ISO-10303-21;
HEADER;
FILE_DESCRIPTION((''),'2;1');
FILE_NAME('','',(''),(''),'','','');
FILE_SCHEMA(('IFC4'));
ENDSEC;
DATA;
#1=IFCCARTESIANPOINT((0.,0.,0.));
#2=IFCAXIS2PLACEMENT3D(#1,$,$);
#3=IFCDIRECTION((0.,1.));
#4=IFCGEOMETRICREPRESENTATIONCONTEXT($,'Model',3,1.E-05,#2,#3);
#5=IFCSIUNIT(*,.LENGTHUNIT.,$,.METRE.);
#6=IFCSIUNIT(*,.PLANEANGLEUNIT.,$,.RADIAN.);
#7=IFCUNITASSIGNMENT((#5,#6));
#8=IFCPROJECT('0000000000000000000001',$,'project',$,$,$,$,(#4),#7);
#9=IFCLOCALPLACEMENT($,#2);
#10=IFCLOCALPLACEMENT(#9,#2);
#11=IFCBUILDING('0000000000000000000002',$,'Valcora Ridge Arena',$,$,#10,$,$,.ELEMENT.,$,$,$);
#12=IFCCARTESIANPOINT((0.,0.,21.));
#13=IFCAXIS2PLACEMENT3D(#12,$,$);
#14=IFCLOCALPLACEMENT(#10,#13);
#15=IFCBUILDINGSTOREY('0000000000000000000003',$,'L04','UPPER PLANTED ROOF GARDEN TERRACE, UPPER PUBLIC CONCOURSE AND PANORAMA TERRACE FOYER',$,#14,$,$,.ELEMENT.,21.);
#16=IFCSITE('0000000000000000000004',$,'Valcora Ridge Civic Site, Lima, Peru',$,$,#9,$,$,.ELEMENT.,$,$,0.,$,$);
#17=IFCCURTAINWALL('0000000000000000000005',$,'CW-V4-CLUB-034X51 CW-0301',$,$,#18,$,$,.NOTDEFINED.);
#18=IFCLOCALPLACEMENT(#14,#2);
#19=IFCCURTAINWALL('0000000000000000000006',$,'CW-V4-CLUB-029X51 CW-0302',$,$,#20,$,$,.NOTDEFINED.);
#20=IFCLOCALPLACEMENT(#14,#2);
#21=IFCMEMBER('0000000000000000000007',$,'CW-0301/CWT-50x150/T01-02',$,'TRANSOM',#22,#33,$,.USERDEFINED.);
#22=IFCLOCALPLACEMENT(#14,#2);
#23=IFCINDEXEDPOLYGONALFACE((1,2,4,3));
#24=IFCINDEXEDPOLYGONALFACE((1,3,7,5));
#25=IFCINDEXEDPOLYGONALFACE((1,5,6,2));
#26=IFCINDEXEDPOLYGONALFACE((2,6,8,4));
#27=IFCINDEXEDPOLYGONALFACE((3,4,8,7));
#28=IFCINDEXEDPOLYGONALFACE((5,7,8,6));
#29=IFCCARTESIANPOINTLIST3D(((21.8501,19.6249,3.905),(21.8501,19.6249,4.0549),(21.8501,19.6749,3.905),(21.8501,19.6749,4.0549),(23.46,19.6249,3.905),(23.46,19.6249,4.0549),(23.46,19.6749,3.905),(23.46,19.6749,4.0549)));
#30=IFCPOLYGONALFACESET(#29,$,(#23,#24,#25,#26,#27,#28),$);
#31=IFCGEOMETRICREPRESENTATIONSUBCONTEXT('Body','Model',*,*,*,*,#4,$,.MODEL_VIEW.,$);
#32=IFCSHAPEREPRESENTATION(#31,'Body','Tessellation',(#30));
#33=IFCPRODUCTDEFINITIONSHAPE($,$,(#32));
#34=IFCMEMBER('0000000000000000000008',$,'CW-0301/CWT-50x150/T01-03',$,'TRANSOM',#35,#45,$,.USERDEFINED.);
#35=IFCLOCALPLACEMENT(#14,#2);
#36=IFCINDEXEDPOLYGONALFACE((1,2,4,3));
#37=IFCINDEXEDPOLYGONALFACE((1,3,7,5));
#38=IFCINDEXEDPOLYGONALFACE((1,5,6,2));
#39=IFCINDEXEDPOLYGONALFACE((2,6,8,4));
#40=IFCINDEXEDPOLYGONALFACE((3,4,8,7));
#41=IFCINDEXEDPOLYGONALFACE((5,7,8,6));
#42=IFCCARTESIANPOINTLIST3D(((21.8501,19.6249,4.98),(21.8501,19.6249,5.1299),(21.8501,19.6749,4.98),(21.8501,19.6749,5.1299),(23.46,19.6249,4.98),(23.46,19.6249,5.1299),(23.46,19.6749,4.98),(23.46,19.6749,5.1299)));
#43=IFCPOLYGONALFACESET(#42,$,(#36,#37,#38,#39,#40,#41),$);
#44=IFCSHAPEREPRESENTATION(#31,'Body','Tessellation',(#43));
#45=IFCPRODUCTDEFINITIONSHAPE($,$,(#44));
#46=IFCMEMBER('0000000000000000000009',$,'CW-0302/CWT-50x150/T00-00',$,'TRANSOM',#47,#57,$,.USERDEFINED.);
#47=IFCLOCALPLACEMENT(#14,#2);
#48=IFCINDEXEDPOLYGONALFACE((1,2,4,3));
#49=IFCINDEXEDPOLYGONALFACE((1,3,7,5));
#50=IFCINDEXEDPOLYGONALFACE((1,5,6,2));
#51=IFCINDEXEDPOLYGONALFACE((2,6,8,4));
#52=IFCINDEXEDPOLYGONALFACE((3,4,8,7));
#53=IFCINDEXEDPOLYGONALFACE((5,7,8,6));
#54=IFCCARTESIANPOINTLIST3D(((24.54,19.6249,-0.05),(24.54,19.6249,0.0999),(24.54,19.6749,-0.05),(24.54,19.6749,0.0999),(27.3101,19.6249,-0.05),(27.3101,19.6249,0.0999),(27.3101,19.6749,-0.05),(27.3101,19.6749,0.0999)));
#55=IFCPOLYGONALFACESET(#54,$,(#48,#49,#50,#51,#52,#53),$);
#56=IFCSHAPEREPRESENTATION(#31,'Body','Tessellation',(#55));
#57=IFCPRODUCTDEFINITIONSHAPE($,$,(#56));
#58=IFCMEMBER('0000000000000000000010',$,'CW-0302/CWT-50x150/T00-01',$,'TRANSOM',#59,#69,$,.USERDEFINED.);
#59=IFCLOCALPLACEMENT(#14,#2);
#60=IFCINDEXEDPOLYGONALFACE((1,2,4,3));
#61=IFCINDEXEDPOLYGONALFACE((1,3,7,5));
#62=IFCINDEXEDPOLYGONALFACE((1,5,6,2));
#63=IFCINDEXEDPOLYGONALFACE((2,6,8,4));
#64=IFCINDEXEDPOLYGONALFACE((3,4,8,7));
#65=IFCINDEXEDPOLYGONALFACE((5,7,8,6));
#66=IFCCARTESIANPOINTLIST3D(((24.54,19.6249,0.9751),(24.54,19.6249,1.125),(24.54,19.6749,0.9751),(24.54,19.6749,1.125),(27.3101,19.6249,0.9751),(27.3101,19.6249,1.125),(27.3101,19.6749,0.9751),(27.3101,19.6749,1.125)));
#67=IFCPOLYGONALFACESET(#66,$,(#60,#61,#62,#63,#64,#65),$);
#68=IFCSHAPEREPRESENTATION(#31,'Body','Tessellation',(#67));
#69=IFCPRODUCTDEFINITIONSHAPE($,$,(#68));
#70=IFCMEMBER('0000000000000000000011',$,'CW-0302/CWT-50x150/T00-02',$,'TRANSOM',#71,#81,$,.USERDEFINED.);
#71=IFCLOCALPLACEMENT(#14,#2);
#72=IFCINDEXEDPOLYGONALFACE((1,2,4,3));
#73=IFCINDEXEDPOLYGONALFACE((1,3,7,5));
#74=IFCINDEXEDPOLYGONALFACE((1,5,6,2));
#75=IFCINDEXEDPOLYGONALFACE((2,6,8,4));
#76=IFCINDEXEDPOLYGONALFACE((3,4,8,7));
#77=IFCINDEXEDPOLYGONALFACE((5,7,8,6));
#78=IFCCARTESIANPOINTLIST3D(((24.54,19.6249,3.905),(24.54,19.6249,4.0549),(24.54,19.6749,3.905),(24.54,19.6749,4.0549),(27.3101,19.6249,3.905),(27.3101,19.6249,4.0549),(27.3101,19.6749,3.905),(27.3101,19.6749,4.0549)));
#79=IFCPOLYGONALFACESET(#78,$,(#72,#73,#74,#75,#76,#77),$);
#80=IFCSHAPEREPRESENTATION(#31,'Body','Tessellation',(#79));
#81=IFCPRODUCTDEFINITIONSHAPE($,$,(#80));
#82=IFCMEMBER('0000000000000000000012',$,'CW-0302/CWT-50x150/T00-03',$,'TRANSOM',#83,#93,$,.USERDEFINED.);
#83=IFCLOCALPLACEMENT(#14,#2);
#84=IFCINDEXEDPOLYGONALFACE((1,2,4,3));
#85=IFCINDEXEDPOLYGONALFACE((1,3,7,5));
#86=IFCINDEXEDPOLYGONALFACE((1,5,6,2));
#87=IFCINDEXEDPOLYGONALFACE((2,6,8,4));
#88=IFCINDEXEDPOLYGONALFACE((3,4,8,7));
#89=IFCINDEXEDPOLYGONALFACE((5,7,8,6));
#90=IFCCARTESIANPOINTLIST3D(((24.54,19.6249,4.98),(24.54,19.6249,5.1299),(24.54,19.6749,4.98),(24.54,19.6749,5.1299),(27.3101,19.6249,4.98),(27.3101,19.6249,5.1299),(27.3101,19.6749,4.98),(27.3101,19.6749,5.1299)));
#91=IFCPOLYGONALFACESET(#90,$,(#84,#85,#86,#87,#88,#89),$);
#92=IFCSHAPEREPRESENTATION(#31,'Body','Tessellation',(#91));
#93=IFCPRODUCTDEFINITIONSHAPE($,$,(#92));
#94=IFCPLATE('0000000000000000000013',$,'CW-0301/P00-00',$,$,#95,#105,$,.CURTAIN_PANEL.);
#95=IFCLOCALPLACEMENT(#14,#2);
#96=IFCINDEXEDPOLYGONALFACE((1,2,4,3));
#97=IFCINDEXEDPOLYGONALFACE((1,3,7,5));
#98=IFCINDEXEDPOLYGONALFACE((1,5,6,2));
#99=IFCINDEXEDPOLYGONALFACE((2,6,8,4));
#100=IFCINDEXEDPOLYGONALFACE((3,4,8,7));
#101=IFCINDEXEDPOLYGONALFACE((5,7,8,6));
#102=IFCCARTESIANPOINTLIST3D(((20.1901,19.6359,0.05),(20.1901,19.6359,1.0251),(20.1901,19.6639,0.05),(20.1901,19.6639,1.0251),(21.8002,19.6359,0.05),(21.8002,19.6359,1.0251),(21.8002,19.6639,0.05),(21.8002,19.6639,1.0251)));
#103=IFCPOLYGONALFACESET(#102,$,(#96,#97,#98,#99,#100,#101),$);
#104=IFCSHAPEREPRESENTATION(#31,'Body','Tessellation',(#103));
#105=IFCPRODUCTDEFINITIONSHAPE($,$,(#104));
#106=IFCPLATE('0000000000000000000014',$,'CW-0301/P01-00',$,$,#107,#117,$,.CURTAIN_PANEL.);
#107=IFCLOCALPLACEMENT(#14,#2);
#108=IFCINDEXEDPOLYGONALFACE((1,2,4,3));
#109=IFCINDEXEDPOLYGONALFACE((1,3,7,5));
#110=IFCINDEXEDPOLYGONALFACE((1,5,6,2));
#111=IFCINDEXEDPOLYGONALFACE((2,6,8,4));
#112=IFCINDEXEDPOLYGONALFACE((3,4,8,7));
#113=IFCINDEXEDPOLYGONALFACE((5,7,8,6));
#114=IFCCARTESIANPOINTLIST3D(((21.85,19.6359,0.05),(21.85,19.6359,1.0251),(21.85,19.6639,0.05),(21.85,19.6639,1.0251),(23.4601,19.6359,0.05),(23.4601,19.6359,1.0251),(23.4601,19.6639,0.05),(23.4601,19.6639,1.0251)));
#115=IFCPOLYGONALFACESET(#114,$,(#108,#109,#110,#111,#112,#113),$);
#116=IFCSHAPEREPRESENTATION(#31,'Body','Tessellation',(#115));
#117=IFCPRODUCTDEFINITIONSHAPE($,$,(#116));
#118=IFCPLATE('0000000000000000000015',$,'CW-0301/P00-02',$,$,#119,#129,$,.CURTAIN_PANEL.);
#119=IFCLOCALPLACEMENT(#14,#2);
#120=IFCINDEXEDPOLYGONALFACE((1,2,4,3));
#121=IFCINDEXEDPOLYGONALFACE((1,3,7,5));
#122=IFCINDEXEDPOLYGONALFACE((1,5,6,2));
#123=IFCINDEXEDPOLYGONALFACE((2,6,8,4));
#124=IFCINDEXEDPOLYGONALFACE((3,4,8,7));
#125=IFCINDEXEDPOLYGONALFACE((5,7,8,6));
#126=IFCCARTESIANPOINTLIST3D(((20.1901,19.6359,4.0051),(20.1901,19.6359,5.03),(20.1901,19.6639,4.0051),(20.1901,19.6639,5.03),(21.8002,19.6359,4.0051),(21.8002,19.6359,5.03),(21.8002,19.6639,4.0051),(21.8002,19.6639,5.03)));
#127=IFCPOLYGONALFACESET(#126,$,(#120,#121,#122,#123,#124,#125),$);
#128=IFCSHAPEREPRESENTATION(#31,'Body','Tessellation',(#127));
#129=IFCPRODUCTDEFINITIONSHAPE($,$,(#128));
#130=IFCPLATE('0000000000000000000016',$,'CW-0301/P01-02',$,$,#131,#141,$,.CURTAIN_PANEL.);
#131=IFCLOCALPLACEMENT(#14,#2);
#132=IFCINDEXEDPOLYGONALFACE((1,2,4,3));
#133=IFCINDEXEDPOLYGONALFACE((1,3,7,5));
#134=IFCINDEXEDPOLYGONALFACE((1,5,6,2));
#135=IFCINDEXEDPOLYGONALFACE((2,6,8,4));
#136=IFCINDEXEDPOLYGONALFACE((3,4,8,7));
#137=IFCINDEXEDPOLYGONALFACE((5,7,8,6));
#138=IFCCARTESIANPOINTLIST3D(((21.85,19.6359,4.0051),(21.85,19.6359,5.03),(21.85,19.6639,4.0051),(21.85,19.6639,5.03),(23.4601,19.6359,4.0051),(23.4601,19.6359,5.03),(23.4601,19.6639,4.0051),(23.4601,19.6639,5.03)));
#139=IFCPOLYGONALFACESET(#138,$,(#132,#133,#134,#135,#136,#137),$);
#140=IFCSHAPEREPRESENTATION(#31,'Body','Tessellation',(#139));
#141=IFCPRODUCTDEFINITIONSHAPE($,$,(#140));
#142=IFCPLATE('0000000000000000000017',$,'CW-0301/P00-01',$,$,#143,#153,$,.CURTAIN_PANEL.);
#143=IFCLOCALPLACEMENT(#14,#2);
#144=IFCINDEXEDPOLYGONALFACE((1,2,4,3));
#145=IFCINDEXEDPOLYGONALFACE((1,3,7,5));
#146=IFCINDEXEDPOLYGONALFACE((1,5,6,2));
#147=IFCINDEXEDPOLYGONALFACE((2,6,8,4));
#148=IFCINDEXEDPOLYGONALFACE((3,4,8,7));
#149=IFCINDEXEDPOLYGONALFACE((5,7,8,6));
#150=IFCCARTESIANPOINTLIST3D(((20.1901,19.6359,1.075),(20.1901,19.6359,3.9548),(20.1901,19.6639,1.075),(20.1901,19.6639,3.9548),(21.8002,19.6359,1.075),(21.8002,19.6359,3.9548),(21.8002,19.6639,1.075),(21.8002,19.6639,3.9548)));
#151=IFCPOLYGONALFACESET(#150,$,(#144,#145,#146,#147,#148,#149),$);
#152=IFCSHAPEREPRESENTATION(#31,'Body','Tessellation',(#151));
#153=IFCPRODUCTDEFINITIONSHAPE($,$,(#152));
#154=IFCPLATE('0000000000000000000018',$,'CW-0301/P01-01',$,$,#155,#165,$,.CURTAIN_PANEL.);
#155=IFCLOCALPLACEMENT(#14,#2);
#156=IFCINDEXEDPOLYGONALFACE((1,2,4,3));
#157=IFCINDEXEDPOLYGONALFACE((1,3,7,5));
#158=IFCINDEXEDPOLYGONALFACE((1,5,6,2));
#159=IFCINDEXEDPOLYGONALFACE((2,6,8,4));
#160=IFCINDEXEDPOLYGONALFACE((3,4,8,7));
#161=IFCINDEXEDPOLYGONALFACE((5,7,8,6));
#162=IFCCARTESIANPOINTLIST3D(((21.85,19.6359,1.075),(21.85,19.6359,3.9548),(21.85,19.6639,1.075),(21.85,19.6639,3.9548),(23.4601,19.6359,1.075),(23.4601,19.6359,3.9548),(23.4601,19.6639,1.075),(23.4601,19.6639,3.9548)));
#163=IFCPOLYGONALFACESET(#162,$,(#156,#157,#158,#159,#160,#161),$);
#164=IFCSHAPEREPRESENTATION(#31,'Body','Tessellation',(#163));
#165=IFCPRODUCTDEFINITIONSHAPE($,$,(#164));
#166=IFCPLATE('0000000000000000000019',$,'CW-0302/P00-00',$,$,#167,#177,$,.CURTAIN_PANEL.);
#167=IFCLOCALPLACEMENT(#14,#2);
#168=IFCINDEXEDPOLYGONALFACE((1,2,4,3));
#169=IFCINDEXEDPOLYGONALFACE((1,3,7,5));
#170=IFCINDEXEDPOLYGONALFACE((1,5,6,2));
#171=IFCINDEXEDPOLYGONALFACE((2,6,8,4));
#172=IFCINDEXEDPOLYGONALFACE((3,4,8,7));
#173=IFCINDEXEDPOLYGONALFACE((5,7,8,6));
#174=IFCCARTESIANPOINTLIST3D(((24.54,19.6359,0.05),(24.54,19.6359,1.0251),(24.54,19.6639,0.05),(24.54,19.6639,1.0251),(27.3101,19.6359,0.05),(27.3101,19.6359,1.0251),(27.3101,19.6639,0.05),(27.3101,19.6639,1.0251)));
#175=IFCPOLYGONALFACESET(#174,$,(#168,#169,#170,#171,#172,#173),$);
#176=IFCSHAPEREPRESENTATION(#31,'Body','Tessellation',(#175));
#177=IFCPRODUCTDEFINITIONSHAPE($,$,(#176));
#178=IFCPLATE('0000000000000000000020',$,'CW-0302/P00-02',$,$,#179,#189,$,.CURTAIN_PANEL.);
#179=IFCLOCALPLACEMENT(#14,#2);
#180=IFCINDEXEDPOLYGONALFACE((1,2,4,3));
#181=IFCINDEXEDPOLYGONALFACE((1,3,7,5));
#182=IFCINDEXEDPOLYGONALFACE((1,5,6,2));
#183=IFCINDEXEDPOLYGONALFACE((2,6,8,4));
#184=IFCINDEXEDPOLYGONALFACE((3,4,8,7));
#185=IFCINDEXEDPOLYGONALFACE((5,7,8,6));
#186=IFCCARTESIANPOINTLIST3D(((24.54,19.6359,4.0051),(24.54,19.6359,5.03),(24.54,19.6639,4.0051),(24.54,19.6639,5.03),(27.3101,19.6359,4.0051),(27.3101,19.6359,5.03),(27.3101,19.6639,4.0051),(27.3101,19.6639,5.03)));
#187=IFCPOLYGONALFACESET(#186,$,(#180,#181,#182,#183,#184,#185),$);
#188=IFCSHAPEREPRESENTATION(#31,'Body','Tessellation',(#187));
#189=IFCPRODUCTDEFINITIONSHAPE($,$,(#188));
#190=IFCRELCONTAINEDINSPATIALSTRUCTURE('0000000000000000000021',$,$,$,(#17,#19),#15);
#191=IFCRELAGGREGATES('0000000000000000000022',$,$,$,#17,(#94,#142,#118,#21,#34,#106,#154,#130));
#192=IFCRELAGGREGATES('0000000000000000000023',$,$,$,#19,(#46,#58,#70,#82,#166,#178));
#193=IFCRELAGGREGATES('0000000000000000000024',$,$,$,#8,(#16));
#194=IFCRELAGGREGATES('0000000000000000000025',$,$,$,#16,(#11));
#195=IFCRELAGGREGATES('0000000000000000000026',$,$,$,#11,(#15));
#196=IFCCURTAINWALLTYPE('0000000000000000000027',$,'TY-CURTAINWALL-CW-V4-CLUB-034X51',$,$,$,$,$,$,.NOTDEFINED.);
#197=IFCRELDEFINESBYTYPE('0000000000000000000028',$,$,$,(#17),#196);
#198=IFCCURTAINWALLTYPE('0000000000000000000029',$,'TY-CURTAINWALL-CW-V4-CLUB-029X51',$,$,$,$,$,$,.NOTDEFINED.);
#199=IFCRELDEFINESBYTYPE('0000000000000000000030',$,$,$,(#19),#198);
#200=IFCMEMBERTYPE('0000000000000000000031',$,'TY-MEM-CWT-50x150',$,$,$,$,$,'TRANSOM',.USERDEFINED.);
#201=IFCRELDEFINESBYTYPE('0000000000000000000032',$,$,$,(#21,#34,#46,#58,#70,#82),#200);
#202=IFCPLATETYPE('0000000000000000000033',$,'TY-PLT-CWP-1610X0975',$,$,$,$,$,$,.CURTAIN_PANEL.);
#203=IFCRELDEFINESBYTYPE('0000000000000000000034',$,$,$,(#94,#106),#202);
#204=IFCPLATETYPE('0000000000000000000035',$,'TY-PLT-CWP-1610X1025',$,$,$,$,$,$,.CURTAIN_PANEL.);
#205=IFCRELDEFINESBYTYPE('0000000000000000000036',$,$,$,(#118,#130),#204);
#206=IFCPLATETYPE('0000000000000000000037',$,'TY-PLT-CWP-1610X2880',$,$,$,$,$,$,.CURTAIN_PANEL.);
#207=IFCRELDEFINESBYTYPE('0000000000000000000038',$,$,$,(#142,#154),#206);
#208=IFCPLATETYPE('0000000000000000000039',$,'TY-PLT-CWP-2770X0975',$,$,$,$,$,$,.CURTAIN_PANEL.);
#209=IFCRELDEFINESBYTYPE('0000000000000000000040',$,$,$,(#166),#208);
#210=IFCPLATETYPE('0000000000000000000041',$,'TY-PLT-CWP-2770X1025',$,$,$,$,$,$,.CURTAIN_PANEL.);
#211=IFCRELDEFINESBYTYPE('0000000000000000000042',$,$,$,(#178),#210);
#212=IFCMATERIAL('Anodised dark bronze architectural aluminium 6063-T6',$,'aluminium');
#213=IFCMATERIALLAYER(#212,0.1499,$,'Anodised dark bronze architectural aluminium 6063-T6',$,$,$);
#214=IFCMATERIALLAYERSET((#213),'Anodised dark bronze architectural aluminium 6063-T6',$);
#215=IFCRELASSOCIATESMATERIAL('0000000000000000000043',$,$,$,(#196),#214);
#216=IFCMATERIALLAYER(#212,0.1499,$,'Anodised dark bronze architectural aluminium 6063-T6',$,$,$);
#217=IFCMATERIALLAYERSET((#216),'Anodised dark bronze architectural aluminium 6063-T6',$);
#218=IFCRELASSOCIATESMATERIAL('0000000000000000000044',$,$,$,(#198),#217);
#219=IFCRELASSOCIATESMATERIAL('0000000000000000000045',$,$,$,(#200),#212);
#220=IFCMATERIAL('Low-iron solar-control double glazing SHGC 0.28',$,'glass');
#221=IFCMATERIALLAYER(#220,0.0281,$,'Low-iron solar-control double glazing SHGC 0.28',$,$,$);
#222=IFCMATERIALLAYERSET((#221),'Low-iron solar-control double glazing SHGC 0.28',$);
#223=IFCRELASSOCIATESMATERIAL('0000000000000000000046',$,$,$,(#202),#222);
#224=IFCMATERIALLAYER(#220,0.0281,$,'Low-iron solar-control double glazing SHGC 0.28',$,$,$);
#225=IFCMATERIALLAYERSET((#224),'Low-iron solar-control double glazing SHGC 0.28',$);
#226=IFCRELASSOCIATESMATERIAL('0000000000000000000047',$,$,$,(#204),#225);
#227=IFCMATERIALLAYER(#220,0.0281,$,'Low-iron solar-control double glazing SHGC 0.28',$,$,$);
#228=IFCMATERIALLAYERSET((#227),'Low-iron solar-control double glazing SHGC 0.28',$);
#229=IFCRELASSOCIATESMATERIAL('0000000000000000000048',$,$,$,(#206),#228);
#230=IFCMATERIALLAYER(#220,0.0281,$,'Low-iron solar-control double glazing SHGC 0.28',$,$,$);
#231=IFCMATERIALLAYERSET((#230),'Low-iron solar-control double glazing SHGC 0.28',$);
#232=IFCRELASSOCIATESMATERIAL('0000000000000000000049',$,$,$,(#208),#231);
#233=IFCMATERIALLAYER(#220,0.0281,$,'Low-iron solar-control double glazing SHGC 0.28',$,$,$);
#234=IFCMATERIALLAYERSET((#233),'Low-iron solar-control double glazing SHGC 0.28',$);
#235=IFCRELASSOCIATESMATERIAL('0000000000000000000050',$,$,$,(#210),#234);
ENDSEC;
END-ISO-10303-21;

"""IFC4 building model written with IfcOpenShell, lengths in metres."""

from ifc_helpers import new_model, si_unit, direction, frame, origin, origin_2d, place, context, subcontext, project, spatial, rectangle, extrude, material, layer, layer_set, material_profile, profile_set, type_object, element, aggregate, save


model = new_model("IFC4")

# Units and contexts
model_context = context("Model", 3, precision=1e-05, world=origin(), true_north=direction((0.0, 1.0)))
body_context = subcontext(model_context, "Body", "Model", "MODEL_VIEW")
ifc_project = project(units=[si_unit("LENGTHUNIT", "METRE"), si_unit("PLANEANGLEUNIT", "RADIAN")], contexts=[model_context])

# Site, building, storey
site_placement = place(None, origin())
site = spatial("IfcSite", under=ifc_project, at=site_placement, Name="Valcora Ridge Civic Site, Lima, Peru", CompositionType="ELEMENT", RefElevation=0.0)
building_placement = place(site_placement, origin())
building = spatial("IfcBuilding", under=site, at=building_placement, Name="Valcora Ridge Arena", CompositionType="ELEMENT")
storey_placement = place(building_placement, frame((0.0, 0.0, 21.0)))
storey = spatial("IfcBuildingStorey", under=building, at=storey_placement, Name="L04", Description="UPPER PLANTED ROOF GARDEN TERRACE, UPPER PUBLIC CONCOURSE AND PANORAMA TERRACE FOYER", CompositionType="ELEMENT", Elevation=21.0)

# Shared definitions
ifc_material_1 = material(Name="Anodised dark bronze architectural aluminium 6063-T6", Category="aluminium")

# Curtain walls
ifc_layer_1 = layer(ifc_material_1, 0.1499, Name="Anodised dark bronze architectural aluminium 6063-T6")
ifc_layer_set_1 = layer_set([ifc_layer_1], Name="Anodised dark bronze architectural aluminium 6063-T6")
curtain_wall_type_1 = type_object("IfcCurtainWallType", Name="TY-CURTAINWALL-CW-V4-CLUB-034X51", PredefinedType="NOTDEFINED", material=ifc_layer_set_1)
curtain_wall_1_placement = place(storey_placement, origin())
curtain_wall_1 = element("IfcCurtainWall", 1, at=curtain_wall_1_placement, inside=storey, type_object=curtain_wall_type_1, Name="CW-V4-CLUB-034X51 CW-0301", PredefinedType="NOTDEFINED")
ifc_layer_2 = layer(ifc_material_1, 0.1499, Name="Anodised dark bronze architectural aluminium 6063-T6")
ifc_layer_set_2 = layer_set([ifc_layer_2], Name="Anodised dark bronze architectural aluminium 6063-T6")
curtain_wall_type_2 = type_object("IfcCurtainWallType", Name="TY-CURTAINWALL-CW-V4-CLUB-029X51", PredefinedType="NOTDEFINED", material=ifc_layer_set_2)
curtain_wall_2_placement = place(storey_placement, origin())
curtain_wall_2 = element("IfcCurtainWall", 2, at=curtain_wall_2_placement, inside=storey, type_object=curtain_wall_type_2, Name="CW-V4-CLUB-029X51 CW-0302", PredefinedType="NOTDEFINED")

# Members
ifc_material_profile_1 = material_profile(ifc_material_1, rectangle(XDim=0.05, YDim=0.1499, at=origin_2d()), Name="ALU TRANSOM 50x150")
ifc_profile_set_1 = profile_set([ifc_material_profile_1], Name="Anodised dark bronze architectural aluminium 6063-T6")
member_type_1 = type_object("IfcMemberType", Name="TY-MEM-CWT-50x150", ElementType="TRANSOM", PredefinedType="USERDEFINED", material=ifc_profile_set_1)
member_1_placement = place(storey_placement, frame((21.8501, 19.6499, 3.98), z_axis=(1.0, 0.0, 0.0), x_axis=(0.0, 1.0, 0.0)))
member_1 = element("IfcMember", 3, at=member_1_placement, type_object=member_type_1, Name="CW-0301/CWT-50x150/T01-02", ObjectType="TRANSOM", PredefinedType="USERDEFINED", context=body_context, shape_type="SweptSolid", body=[
    extrude(rectangle(XDim=0.05, YDim=0.1499, at=origin_2d()), origin(), (0.0, 0.0, 1.0), 1.6099),
])
member_2_placement = place(storey_placement, frame((21.8501, 19.6499, 5.0549), z_axis=(1.0, 0.0, 0.0), x_axis=(0.0, 1.0, 0.0)))
member_2 = element("IfcMember", 4, at=member_2_placement, type_object=member_type_1, Name="CW-0301/CWT-50x150/T01-03", ObjectType="TRANSOM", PredefinedType="USERDEFINED", context=body_context, shape_type="SweptSolid", body=[
    extrude(rectangle(XDim=0.05, YDim=0.1499, at=origin_2d()), origin(), (0.0, 0.0, 1.0), 1.6099),
])
member_3_placement = place(storey_placement, frame((24.54, 19.6499, 0.0249), z_axis=(1.0, 0.0, 0.0), x_axis=(0.0, 1.0, 0.0)))
member_3 = element("IfcMember", 5, at=member_3_placement, type_object=member_type_1, Name="CW-0302/CWT-50x150/T00-00", ObjectType="TRANSOM", PredefinedType="USERDEFINED", context=body_context, shape_type="SweptSolid", body=[
    extrude(rectangle(XDim=0.05, YDim=0.1499, at=origin_2d()), origin(), (0.0, 0.0, 1.0), 2.77),
])
member_4_placement = place(storey_placement, frame((24.54, 19.6499, 1.05), z_axis=(1.0, 0.0, 0.0), x_axis=(0.0, 1.0, 0.0)))
member_4 = element("IfcMember", 6, at=member_4_placement, type_object=member_type_1, Name="CW-0302/CWT-50x150/T00-01", ObjectType="TRANSOM", PredefinedType="USERDEFINED", context=body_context, shape_type="SweptSolid", body=[
    extrude(rectangle(XDim=0.05, YDim=0.1499, at=origin_2d()), origin(), (0.0, 0.0, 1.0), 2.77),
])
member_5_placement = place(storey_placement, frame((24.54, 19.6499, 3.98), z_axis=(1.0, 0.0, 0.0), x_axis=(0.0, 1.0, 0.0)))
member_5 = element("IfcMember", 7, at=member_5_placement, type_object=member_type_1, Name="CW-0302/CWT-50x150/T00-02", ObjectType="TRANSOM", PredefinedType="USERDEFINED", context=body_context, shape_type="SweptSolid", body=[
    extrude(rectangle(XDim=0.05, YDim=0.1499, at=origin_2d()), origin(), (0.0, 0.0, 1.0), 2.77),
])
member_6_placement = place(storey_placement, frame((24.54, 19.6499, 5.0549), z_axis=(1.0, 0.0, 0.0), x_axis=(0.0, 1.0, 0.0)))
member_6 = element("IfcMember", 8, at=member_6_placement, type_object=member_type_1, Name="CW-0302/CWT-50x150/T00-03", ObjectType="TRANSOM", PredefinedType="USERDEFINED", context=body_context, shape_type="SweptSolid", body=[
    extrude(rectangle(XDim=0.05, YDim=0.1499, at=origin_2d()), origin(), (0.0, 0.0, 1.0), 2.77),
])

# Plates
ifc_material_2 = material(Name="Low-iron solar-control double glazing SHGC 0.28", Category="glass")
ifc_layer_3 = layer(ifc_material_2, 0.0281, Name="Low-iron solar-control double glazing SHGC 0.28")
ifc_layer_set_3 = layer_set([ifc_layer_3], Name="Low-iron solar-control double glazing SHGC 0.28")
plate_type_1 = type_object("IfcPlateType", Name="TY-PLT-CWP-1610X0975", PredefinedType="CURTAIN_PANEL", material=ifc_layer_set_3)
plate_1_placement = place(storey_placement, frame((20.9951, 19.6499, 0.05), z_axis=(0.0, 0.0, 1.0), x_axis=(1.0, 0.0, 0.0)))
plate_1 = element("IfcPlate", 9, at=plate_1_placement, type_object=plate_type_1, Name="CW-0301/P00-00", PredefinedType="CURTAIN_PANEL", context=body_context, shape_type="SweptSolid", body=[
    extrude(rectangle(XDim=1.6101, YDim=0.0281, at=origin_2d()), origin(), (0.0, 0.0, 1.0), 0.9751),
])
plate_2_placement = place(storey_placement, frame((22.655, 19.6499, 0.05), z_axis=(0.0, 0.0, 1.0), x_axis=(1.0, 0.0, 0.0)))
plate_2 = element("IfcPlate", 10, at=plate_2_placement, type_object=plate_type_1, Name="CW-0301/P01-00", PredefinedType="CURTAIN_PANEL", context=body_context, shape_type="SweptSolid", body=[
    extrude(rectangle(XDim=1.6101, YDim=0.0281, at=origin_2d()), origin(), (0.0, 0.0, 1.0), 0.9751),
])
ifc_layer_4 = layer(ifc_material_2, 0.0281, Name="Low-iron solar-control double glazing SHGC 0.28")
ifc_layer_set_4 = layer_set([ifc_layer_4], Name="Low-iron solar-control double glazing SHGC 0.28")
plate_type_2 = type_object("IfcPlateType", Name="TY-PLT-CWP-1610X1025", PredefinedType="CURTAIN_PANEL", material=ifc_layer_set_4)
plate_3_placement = place(storey_placement, frame((20.9951, 19.6499, 4.0051), z_axis=(0.0, 0.0, 1.0), x_axis=(1.0, 0.0, 0.0)))
plate_3 = element("IfcPlate", 11, at=plate_3_placement, type_object=plate_type_2, Name="CW-0301/P00-02", PredefinedType="CURTAIN_PANEL", context=body_context, shape_type="SweptSolid", body=[
    extrude(rectangle(XDim=1.6101, YDim=0.0281, at=origin_2d()), origin(), (0.0, 0.0, 1.0), 1.0249),
])
plate_4_placement = place(storey_placement, frame((22.655, 19.6499, 4.0051), z_axis=(0.0, 0.0, 1.0), x_axis=(1.0, 0.0, 0.0)))
plate_4 = element("IfcPlate", 12, at=plate_4_placement, type_object=plate_type_2, Name="CW-0301/P01-02", PredefinedType="CURTAIN_PANEL", context=body_context, shape_type="SweptSolid", body=[
    extrude(rectangle(XDim=1.6101, YDim=0.0281, at=origin_2d()), origin(), (0.0, 0.0, 1.0), 1.0249),
])
ifc_layer_5 = layer(ifc_material_2, 0.0281, Name="Low-iron solar-control double glazing SHGC 0.28")
ifc_layer_set_5 = layer_set([ifc_layer_5], Name="Low-iron solar-control double glazing SHGC 0.28")
plate_type_3 = type_object("IfcPlateType", Name="TY-PLT-CWP-1610X2880", PredefinedType="CURTAIN_PANEL", material=ifc_layer_set_5)
plate_5_placement = place(storey_placement, frame((20.9951, 19.6499, 1.075), z_axis=(0.0, 0.0, 1.0), x_axis=(1.0, 0.0, 0.0)))
plate_5 = element("IfcPlate", 13, at=plate_5_placement, type_object=plate_type_3, Name="CW-0301/P00-01", PredefinedType="CURTAIN_PANEL", context=body_context, shape_type="SweptSolid", body=[
    extrude(rectangle(XDim=1.6101, YDim=0.0281, at=origin_2d()), origin(), (0.0, 0.0, 1.0), 2.8799),
])
plate_6_placement = place(storey_placement, frame((22.655, 19.6499, 1.075), z_axis=(0.0, 0.0, 1.0), x_axis=(1.0, 0.0, 0.0)))
plate_6 = element("IfcPlate", 14, at=plate_6_placement, type_object=plate_type_3, Name="CW-0301/P01-01", PredefinedType="CURTAIN_PANEL", context=body_context, shape_type="SweptSolid", body=[
    extrude(rectangle(XDim=1.6101, YDim=0.0281, at=origin_2d()), origin(), (0.0, 0.0, 1.0), 2.8799),
])
aggregate(curtain_wall_1, [plate_1, plate_5, plate_3, member_1, member_2, plate_2, plate_6, plate_4])
ifc_layer_6 = layer(ifc_material_2, 0.0281, Name="Low-iron solar-control double glazing SHGC 0.28")
ifc_layer_set_6 = layer_set([ifc_layer_6], Name="Low-iron solar-control double glazing SHGC 0.28")
plate_type_4 = type_object("IfcPlateType", Name="TY-PLT-CWP-2770X0975", PredefinedType="CURTAIN_PANEL", material=ifc_layer_set_6)
plate_7_placement = place(storey_placement, frame((25.925, 19.6499, 0.05), z_axis=(0.0, 0.0, 1.0), x_axis=(1.0, 0.0, 0.0)))
plate_7 = element("IfcPlate", 15, at=plate_7_placement, type_object=plate_type_4, Name="CW-0302/P00-00", PredefinedType="CURTAIN_PANEL", context=body_context, shape_type="SweptSolid", body=[
    extrude(rectangle(XDim=2.77, YDim=0.0281, at=origin_2d()), origin(), (0.0, 0.0, 1.0), 0.9751),
])
ifc_layer_7 = layer(ifc_material_2, 0.0281, Name="Low-iron solar-control double glazing SHGC 0.28")
ifc_layer_set_7 = layer_set([ifc_layer_7], Name="Low-iron solar-control double glazing SHGC 0.28")
plate_type_5 = type_object("IfcPlateType", Name="TY-PLT-CWP-2770X1025", PredefinedType="CURTAIN_PANEL", material=ifc_layer_set_7)
plate_8_placement = place(storey_placement, frame((25.925, 19.6499, 4.0051), z_axis=(0.0, 0.0, 1.0), x_axis=(1.0, 0.0, 0.0)))
plate_8 = element("IfcPlate", 16, at=plate_8_placement, type_object=plate_type_5, Name="CW-0302/P00-02", PredefinedType="CURTAIN_PANEL", context=body_context, shape_type="SweptSolid", body=[
    extrude(rectangle(XDim=2.77, YDim=0.0281, at=origin_2d()), origin(), (0.0, 0.0, 1.0), 1.0249),
])
aggregate(curtain_wall_2, [member_3, member_4, member_5, member_6, plate_7, plate_8])

save(model, "model.ifc")
